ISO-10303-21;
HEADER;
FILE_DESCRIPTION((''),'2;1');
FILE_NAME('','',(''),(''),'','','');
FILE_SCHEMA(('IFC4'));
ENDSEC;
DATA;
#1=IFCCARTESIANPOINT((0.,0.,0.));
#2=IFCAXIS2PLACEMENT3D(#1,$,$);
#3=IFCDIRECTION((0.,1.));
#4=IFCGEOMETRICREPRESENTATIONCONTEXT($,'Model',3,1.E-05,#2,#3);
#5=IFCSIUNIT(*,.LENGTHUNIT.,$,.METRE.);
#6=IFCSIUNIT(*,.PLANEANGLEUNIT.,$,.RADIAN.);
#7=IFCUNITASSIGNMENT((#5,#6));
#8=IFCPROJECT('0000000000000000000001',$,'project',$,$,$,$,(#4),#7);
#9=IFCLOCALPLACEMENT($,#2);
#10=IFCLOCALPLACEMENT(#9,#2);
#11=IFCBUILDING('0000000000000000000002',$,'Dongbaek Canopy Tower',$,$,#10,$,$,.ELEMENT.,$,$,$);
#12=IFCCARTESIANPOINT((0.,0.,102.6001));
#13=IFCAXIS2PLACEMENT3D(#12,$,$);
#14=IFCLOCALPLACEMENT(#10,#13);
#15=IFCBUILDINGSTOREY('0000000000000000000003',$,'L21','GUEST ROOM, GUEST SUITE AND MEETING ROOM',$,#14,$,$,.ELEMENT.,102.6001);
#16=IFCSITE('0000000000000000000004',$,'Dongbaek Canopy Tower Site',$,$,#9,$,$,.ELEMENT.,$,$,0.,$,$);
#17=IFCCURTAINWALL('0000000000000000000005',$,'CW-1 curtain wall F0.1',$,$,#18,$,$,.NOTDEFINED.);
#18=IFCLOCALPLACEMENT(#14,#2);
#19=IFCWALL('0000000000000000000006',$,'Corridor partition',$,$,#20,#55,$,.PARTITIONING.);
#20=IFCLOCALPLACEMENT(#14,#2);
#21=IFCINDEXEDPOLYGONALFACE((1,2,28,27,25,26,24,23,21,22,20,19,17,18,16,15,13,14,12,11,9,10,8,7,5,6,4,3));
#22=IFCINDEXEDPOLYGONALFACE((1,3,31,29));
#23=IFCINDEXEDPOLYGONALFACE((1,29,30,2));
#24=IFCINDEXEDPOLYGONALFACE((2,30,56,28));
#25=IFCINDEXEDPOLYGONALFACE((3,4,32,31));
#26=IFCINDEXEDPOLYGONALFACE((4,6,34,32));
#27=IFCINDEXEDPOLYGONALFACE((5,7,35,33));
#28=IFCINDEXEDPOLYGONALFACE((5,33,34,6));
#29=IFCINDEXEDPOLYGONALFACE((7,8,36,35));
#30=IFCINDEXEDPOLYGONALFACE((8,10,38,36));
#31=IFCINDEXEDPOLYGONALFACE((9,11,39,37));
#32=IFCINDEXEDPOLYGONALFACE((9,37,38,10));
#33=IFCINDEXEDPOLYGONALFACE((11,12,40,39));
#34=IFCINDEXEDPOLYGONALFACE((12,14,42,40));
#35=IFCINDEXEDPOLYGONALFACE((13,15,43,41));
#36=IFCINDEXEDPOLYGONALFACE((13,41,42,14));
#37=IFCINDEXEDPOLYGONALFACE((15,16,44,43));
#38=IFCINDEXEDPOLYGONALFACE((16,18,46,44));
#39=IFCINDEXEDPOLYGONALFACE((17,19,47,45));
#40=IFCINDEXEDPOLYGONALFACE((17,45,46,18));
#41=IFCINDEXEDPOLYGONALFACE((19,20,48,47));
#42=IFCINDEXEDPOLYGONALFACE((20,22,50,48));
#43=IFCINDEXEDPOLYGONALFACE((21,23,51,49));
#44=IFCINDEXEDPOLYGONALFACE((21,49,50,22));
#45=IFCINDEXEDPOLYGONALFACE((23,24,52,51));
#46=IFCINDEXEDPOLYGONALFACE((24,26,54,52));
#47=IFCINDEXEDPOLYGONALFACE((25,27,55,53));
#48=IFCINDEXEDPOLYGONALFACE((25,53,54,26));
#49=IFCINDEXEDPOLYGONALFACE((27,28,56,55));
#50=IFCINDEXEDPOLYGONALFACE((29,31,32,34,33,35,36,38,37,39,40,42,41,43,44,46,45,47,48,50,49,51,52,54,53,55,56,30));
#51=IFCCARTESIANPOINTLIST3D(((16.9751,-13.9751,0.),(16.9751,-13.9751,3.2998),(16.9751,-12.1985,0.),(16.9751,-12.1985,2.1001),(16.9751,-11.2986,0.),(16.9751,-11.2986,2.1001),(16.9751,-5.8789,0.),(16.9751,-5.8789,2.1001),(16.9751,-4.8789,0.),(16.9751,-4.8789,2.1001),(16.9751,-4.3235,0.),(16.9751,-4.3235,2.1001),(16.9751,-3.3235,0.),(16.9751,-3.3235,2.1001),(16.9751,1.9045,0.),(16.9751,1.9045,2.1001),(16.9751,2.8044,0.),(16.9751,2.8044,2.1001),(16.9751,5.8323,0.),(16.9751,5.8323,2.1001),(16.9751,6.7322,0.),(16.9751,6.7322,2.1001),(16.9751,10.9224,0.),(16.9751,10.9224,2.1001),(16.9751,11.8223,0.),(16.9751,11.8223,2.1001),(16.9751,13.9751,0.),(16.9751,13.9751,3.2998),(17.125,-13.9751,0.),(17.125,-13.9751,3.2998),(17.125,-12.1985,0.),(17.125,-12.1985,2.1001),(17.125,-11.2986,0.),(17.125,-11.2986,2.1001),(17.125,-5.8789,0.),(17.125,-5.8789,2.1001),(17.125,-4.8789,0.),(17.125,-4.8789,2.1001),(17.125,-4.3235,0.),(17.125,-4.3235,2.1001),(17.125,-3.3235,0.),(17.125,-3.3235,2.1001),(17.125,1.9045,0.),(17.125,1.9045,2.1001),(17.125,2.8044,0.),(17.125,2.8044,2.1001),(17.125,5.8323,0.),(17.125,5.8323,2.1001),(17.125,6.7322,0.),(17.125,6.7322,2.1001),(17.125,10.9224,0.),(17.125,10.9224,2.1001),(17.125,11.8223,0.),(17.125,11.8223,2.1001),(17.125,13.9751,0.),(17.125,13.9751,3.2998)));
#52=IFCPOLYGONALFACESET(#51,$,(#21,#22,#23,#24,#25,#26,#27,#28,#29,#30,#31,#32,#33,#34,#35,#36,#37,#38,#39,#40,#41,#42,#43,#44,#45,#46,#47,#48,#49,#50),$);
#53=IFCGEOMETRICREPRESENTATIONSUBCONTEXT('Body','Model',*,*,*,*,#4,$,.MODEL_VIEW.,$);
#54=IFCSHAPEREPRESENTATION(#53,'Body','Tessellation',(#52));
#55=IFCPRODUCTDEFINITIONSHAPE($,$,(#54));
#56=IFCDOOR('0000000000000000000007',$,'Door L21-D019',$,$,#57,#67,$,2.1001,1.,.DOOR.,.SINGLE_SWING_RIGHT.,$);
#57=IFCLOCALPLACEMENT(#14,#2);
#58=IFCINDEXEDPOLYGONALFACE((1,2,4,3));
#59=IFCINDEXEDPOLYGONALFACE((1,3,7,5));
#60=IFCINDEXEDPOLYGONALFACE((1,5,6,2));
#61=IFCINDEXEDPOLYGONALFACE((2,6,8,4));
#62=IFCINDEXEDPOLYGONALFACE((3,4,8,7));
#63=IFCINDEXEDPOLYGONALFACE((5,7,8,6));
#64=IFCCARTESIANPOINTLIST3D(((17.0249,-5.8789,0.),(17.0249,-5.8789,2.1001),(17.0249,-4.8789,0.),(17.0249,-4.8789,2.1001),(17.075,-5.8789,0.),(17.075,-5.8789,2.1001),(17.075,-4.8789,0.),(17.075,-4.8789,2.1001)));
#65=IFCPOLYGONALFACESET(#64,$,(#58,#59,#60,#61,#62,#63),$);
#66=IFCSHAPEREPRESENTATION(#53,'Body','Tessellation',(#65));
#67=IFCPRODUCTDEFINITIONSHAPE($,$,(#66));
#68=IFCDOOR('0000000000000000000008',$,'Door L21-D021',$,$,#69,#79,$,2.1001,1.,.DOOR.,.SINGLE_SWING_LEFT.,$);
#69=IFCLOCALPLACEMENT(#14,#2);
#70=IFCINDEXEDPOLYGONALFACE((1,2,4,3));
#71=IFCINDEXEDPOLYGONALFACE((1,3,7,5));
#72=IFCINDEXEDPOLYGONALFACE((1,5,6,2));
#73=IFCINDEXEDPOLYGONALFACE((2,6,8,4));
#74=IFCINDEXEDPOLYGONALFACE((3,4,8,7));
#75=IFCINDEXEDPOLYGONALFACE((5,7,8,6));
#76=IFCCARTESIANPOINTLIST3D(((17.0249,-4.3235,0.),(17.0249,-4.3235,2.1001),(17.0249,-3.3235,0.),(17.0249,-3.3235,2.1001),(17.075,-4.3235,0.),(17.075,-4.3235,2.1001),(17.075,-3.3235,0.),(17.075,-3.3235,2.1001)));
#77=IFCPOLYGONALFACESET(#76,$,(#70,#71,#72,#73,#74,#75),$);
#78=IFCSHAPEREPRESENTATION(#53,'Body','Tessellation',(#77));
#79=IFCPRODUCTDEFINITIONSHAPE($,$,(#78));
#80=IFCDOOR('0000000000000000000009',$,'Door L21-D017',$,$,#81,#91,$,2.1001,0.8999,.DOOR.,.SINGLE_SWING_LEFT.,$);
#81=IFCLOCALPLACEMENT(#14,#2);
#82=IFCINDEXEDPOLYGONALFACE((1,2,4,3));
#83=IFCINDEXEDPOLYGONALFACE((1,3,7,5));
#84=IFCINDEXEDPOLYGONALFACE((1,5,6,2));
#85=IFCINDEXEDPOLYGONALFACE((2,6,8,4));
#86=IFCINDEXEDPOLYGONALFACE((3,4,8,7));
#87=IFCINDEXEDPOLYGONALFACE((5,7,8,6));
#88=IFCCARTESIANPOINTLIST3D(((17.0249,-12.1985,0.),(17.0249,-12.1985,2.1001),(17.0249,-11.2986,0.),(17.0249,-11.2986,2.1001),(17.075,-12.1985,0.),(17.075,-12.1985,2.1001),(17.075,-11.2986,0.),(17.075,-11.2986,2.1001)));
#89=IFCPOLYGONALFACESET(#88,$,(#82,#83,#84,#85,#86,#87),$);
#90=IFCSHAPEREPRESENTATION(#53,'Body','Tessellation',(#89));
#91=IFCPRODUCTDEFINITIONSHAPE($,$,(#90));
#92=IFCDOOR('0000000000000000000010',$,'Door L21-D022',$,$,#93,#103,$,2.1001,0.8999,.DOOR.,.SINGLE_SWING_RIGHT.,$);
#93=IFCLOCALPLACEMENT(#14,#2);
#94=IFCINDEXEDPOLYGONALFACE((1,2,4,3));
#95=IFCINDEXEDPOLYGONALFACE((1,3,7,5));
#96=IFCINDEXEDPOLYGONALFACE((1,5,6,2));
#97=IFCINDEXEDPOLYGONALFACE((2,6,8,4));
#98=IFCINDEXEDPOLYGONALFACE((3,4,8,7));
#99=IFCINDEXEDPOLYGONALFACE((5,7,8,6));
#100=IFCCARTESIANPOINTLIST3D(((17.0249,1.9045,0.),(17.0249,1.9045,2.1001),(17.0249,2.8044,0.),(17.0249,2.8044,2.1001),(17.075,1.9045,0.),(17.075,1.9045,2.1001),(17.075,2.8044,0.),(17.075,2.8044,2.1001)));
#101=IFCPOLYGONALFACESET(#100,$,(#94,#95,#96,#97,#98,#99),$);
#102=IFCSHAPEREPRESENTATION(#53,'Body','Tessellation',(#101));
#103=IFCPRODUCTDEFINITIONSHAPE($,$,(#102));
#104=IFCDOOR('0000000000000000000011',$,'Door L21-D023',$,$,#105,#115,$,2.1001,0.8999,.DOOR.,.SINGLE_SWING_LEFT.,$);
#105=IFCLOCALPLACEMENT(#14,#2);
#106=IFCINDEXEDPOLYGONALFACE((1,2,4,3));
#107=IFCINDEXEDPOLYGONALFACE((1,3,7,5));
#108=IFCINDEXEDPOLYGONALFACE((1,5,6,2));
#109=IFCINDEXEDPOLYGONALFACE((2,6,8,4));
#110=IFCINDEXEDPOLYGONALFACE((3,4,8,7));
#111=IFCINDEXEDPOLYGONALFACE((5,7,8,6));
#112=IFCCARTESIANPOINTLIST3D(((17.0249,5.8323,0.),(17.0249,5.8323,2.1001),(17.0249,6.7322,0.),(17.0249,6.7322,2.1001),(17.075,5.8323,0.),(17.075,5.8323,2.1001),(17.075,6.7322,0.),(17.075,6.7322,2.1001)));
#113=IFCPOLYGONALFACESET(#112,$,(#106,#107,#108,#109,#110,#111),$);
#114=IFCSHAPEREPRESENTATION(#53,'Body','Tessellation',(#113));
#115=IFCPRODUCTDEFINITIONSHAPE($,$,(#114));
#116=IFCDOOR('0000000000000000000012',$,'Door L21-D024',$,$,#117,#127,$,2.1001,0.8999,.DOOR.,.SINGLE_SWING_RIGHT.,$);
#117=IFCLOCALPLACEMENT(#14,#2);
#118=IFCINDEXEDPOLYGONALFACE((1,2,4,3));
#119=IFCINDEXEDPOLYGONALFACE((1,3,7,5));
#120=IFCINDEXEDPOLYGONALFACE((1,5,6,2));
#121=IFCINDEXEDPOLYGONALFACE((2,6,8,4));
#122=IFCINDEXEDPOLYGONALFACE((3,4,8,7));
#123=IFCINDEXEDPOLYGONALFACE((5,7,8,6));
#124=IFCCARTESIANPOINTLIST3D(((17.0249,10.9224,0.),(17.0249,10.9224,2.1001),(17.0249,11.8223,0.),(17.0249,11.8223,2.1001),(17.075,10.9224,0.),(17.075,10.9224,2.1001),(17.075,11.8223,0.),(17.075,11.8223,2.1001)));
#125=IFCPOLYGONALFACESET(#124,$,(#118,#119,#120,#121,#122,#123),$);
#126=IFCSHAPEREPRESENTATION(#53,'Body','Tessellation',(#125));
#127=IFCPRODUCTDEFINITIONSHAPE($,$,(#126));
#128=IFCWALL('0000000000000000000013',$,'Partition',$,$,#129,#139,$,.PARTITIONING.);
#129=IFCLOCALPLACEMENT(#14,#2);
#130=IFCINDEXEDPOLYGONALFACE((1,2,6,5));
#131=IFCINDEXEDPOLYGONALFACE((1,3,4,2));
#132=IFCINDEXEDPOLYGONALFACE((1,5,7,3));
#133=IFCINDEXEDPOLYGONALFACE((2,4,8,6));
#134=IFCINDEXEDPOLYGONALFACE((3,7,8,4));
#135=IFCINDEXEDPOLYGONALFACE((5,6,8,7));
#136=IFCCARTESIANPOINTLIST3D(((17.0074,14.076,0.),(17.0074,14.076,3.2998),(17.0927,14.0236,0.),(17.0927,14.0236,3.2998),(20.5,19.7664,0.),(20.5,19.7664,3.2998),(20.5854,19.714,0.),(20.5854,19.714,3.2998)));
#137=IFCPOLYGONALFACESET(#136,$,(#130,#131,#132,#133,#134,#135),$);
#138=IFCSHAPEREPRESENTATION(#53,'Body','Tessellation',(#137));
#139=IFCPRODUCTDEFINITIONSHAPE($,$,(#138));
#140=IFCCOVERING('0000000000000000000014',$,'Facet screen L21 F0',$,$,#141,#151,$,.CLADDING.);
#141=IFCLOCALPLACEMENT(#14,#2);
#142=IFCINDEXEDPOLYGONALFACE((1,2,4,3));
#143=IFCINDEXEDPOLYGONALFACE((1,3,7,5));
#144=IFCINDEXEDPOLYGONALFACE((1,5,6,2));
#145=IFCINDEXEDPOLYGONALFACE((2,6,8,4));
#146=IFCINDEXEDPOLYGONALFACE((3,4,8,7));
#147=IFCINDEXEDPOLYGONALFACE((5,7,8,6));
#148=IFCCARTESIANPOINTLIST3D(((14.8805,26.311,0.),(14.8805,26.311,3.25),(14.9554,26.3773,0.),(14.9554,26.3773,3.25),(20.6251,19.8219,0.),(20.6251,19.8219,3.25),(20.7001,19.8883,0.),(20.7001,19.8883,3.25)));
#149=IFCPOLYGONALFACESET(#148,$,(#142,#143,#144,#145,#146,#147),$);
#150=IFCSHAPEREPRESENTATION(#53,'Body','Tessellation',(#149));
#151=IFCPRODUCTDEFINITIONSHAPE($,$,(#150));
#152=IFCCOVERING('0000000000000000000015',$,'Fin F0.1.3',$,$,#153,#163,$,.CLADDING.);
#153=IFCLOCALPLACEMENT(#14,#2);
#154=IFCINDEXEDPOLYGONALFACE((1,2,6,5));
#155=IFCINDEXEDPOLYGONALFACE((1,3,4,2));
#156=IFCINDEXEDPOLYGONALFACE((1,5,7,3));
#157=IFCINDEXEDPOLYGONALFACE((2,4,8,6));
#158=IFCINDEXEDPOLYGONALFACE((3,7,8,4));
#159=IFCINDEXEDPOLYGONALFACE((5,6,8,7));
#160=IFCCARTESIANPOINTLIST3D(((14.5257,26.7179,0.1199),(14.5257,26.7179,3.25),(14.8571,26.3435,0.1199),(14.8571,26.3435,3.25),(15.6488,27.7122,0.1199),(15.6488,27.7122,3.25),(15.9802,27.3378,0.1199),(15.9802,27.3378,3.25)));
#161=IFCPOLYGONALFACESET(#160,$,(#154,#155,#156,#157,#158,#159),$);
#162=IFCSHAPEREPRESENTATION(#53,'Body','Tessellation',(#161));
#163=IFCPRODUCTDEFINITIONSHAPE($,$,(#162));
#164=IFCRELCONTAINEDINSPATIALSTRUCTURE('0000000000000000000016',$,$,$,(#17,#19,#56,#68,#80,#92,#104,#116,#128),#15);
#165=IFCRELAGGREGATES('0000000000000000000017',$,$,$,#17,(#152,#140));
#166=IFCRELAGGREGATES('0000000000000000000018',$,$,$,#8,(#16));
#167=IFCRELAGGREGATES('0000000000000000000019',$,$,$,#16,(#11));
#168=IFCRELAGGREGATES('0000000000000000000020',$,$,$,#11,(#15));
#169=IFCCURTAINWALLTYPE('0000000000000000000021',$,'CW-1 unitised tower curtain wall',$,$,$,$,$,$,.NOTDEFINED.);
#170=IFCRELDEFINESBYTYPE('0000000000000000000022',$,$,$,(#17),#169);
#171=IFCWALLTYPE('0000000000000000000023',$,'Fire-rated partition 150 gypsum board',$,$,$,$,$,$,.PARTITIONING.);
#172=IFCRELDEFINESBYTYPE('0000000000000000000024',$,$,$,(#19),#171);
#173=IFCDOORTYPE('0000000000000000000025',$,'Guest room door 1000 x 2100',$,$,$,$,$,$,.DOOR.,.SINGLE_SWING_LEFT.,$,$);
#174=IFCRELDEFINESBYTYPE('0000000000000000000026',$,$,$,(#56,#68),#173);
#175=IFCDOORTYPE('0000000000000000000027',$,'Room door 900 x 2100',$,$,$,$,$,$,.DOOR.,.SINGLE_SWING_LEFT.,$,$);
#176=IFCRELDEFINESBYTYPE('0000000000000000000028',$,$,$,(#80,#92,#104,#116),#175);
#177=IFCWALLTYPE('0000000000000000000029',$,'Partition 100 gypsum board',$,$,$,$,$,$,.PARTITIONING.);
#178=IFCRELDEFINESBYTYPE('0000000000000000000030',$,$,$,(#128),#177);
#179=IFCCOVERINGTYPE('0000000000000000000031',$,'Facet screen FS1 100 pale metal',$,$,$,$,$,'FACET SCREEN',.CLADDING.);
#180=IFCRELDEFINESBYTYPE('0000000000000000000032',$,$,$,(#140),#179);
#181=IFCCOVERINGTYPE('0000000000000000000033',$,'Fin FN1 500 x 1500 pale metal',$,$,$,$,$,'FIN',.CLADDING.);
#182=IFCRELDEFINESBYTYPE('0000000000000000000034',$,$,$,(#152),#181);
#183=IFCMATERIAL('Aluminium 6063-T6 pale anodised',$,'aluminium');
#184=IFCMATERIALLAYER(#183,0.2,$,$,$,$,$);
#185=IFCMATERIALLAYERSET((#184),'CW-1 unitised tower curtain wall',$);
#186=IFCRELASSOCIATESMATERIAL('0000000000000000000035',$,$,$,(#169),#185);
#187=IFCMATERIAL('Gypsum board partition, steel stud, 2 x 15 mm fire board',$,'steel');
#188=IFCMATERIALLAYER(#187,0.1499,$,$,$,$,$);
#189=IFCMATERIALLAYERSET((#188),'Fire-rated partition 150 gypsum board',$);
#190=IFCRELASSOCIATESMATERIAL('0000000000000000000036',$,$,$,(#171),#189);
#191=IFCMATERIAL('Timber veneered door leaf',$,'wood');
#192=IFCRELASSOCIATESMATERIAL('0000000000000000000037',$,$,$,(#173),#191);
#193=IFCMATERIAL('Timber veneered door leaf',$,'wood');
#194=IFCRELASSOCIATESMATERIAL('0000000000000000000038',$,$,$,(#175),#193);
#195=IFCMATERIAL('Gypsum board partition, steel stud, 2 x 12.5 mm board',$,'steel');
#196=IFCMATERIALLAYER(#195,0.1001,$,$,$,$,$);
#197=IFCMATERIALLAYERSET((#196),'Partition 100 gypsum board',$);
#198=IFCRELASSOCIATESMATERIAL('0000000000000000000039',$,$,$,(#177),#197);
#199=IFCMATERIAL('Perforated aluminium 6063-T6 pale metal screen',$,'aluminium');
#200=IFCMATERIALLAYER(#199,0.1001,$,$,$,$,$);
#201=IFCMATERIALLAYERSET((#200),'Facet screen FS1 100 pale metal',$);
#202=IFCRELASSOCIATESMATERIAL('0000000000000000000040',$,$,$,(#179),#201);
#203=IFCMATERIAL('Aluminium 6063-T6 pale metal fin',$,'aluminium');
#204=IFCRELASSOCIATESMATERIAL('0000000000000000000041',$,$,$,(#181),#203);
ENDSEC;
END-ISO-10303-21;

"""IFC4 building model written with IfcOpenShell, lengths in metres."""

from ifc_helpers import new_model, si_unit, direction, frame, frame_2d, origin, origin_2d, place, context, subcontext, project, spatial, rectangle, extrude, material, layer, layer_set, material_profile, profile_set, type_object, element, fill, aggregate, save


model = new_model("IFC4")

# Units and contexts
model_context = context("Model", 3, precision=1e-05, world=origin(), true_north=direction((0.0, 1.0)))
body_context = subcontext(model_context, "Body", "Model", "MODEL_VIEW")
ifc_project = project(units=[si_unit("LENGTHUNIT", "METRE"), si_unit("PLANEANGLEUNIT", "RADIAN")], contexts=[model_context])

# Site, building, storey
site_placement = place(None, origin())
site = spatial("IfcSite", under=ifc_project, at=site_placement, Name="Dongbaek Canopy Tower Site", CompositionType="ELEMENT", RefElevation=0.0)
building_placement = place(site_placement, origin())
building = spatial("IfcBuilding", under=site, at=building_placement, Name="Dongbaek Canopy Tower", CompositionType="ELEMENT")
storey_placement = place(building_placement, frame((0.0, 0.0, 102.6001)))
storey = spatial("IfcBuildingStorey", under=building, at=storey_placement, Name="L21", Description="GUEST ROOM, GUEST SUITE AND MEETING ROOM", CompositionType="ELEMENT", Elevation=102.6001)

# Curtain wall
ifc_material_1 = material(Name="Aluminium 6063-T6 pale anodised", Category="aluminium")
ifc_layer_1 = layer(ifc_material_1, 0.2)
ifc_layer_set_1 = layer_set([ifc_layer_1], Name="CW-1 unitised tower curtain wall")
curtain_wall_type = type_object("IfcCurtainWallType", Name="CW-1 unitised tower curtain wall", PredefinedType="NOTDEFINED", material=ifc_layer_set_1)
curtain_wall_1_placement = place(storey_placement, origin())
curtain_wall_1 = element("IfcCurtainWall", 1, at=curtain_wall_1_placement, inside=storey, type_object=curtain_wall_type, Name="CW-1 curtain wall F0.1", PredefinedType="NOTDEFINED")

# Wall, openings, doors
ifc_material_2 = material(Name="Gypsum board partition, steel stud, 2 x 15 mm fire board", Category="steel")
ifc_layer_2 = layer(ifc_material_2, 0.1499)
ifc_layer_set_2 = layer_set([ifc_layer_2], Name="Fire-rated partition 150 gypsum board")
wall_type_1 = type_object("IfcWallType", Name="Fire-rated partition 150 gypsum board", PredefinedType="PARTITIONING", material=ifc_layer_set_2)
wall_1_placement = place(storey_placement, frame((17.05, 13.9751, 0.0), z_axis=(0.0, 0.0, 1.0), x_axis=(0.0, -1.0, 0.0)))
wall_1 = element("IfcWall", 2, at=wall_1_placement, inside=storey, type_object=wall_type_1, Name="Corridor partition", PredefinedType="PARTITIONING", context=body_context, shape_type="SweptSolid", body=[
    extrude(rectangle(XDim=27.9502, YDim=0.1499, at=frame_2d((13.9751, 0.0))), origin(), (0.0, 0.0, 1.0), 3.2998),
])
opening_1_placement = place(wall_1_placement, frame((25.2737, 0.0, 0.0)))
opening_1 = element("IfcOpeningElement", 3, at=opening_1_placement, cuts=wall_1, PredefinedType="OPENING", context=body_context, shape_type="SweptSolid", body=[
    extrude(rectangle(XDim=0.8999, YDim=2.1001, at=frame_2d((0.45, 1.05))), frame((0.0, 0.085, 0.0), z_axis=(0.0, -1.0, 0.0), x_axis=(1.0, 0.0, 0.0)), (0.0, 0.0, 1.0), 0.1699),
])
opening_2_placement = place(wall_1_placement, frame((18.854, 0.0, 0.0)))
opening_2 = element("IfcOpeningElement", 4, at=opening_2_placement, cuts=wall_1, PredefinedType="OPENING", context=body_context, shape_type="SweptSolid", body=[
    extrude(rectangle(XDim=1.0, YDim=2.1001, at=frame_2d((0.5, 1.05))), frame((0.0, 0.085, 0.0), z_axis=(0.0, -1.0, 0.0), x_axis=(1.0, 0.0, 0.0)), (0.0, 0.0, 1.0), 0.1699),
])
opening_3_placement = place(wall_1_placement, frame((17.2986, 0.0, 0.0)))
opening_3 = element("IfcOpeningElement", 5, at=opening_3_placement, cuts=wall_1, PredefinedType="OPENING", context=body_context, shape_type="SweptSolid", body=[
    extrude(rectangle(XDim=1.0, YDim=2.1001, at=frame_2d((0.5, 1.05))), frame((0.0, 0.085, 0.0), z_axis=(0.0, -1.0, 0.0), x_axis=(1.0, 0.0, 0.0)), (0.0, 0.0, 1.0), 0.1699),
])
opening_4_placement = place(wall_1_placement, frame((11.1707, 0.0, 0.0)))
opening_4 = element("IfcOpeningElement", 6, at=opening_4_placement, cuts=wall_1, PredefinedType="OPENING", context=body_context, shape_type="SweptSolid", body=[
    extrude(rectangle(XDim=0.8999, YDim=2.1001, at=frame_2d((0.45, 1.05))), frame((0.0, 0.085, 0.0), z_axis=(0.0, -1.0, 0.0), x_axis=(1.0, 0.0, 0.0)), (0.0, 0.0, 1.0), 0.1699),
])
opening_5_placement = place(wall_1_placement, frame((7.2429, 0.0, 0.0)))
opening_5 = element("IfcOpeningElement", 7, at=opening_5_placement, cuts=wall_1, PredefinedType="OPENING", context=body_context, shape_type="SweptSolid", body=[
    extrude(rectangle(XDim=0.8999, YDim=2.1001, at=frame_2d((0.45, 1.05))), frame((0.0, 0.085, 0.0), z_axis=(0.0, -1.0, 0.0), x_axis=(1.0, 0.0, 0.0)), (0.0, 0.0, 1.0), 0.1699),
])
opening_6_placement = place(wall_1_placement, frame((2.1528, 0.0, 0.0)))
opening_6 = element("IfcOpeningElement", 8, at=opening_6_placement, cuts=wall_1, PredefinedType="OPENING", context=body_context, shape_type="SweptSolid", body=[
    extrude(rectangle(XDim=0.8999, YDim=2.1001, at=frame_2d((0.45, 1.05))), frame((0.0, 0.085, 0.0), z_axis=(0.0, -1.0, 0.0), x_axis=(1.0, 0.0, 0.0)), (0.0, 0.0, 1.0), 0.1699),
])
ifc_material_3 = material(Name="Timber veneered door leaf", Category="wood")
door_type_1 = type_object("IfcDoorType", Name="Guest room door 1000 x 2100", OperationType="SINGLE_SWING_LEFT", PredefinedType="DOOR", material=ifc_material_3)
door_1_placement = place(opening_2_placement, origin())
door_1 = element("IfcDoor", 9, at=door_1_placement, inside=storey, type_object=door_type_1, Name="Door L21-D019", OperationType="SINGLE_SWING_RIGHT", OverallHeight=2.1001, OverallWidth=1.0, PredefinedType="DOOR", context=body_context, shape_type="SweptSolid", body=[
    extrude(rectangle(XDim=1.0, YDim=2.1001, at=frame_2d((0.5, 1.05))), frame((0.0, 0.0249, 0.0), z_axis=(0.0, -1.0, 0.0), x_axis=(1.0, 0.0, 0.0)), (0.0, 0.0, 1.0), 0.05),
])
fill(opening_2, door_1)
door_2_placement = place(opening_3_placement, origin())
door_2 = element("IfcDoor", 10, at=door_2_placement, inside=storey, type_object=door_type_1, Name="Door L21-D021", OperationType="SINGLE_SWING_LEFT", OverallHeight=2.1001, OverallWidth=1.0, PredefinedType="DOOR", context=body_context, shape_type="SweptSolid", body=[
    extrude(rectangle(XDim=1.0, YDim=2.1001, at=frame_2d((0.5, 1.05))), frame((0.0, 0.0249, 0.0), z_axis=(0.0, -1.0, 0.0), x_axis=(1.0, 0.0, 0.0)), (0.0, 0.0, 1.0), 0.05),
])
fill(opening_3, door_2)
ifc_material_4 = material(Name="Timber veneered door leaf", Category="wood")
door_type_2 = type_object("IfcDoorType", Name="Room door 900 x 2100", OperationType="SINGLE_SWING_LEFT", PredefinedType="DOOR", material=ifc_material_4)
door_3_placement = place(opening_1_placement, origin())
door_3 = element("IfcDoor", 11, at=door_3_placement, inside=storey, type_object=door_type_2, Name="Door L21-D017", OperationType="SINGLE_SWING_LEFT", OverallHeight=2.1001, OverallWidth=0.8999, PredefinedType="DOOR", context=body_context, shape_type="SweptSolid", body=[
    extrude(rectangle(XDim=0.8999, YDim=2.1001, at=frame_2d((0.45, 1.05))), frame((0.0, 0.0249, 0.0), z_axis=(0.0, -1.0, 0.0), x_axis=(1.0, 0.0, 0.0)), (0.0, 0.0, 1.0), 0.05),
])
fill(opening_1, door_3)
door_4_placement = place(opening_4_placement, origin())
door_4 = element("IfcDoor", 12, at=door_4_placement, inside=storey, type_object=door_type_2, Name="Door L21-D022", OperationType="SINGLE_SWING_RIGHT", OverallHeight=2.1001, OverallWidth=0.8999, PredefinedType="DOOR", context=body_context, shape_type="SweptSolid", body=[
    extrude(rectangle(XDim=0.8999, YDim=2.1001, at=frame_2d((0.45, 1.05))), frame((0.0, 0.0249, 0.0), z_axis=(0.0, -1.0, 0.0), x_axis=(1.0, 0.0, 0.0)), (0.0, 0.0, 1.0), 0.05),
])
fill(opening_4, door_4)
door_5_placement = place(opening_5_placement, origin())
door_5 = element("IfcDoor", 13, at=door_5_placement, inside=storey, type_object=door_type_2, Name="Door L21-D023", OperationType="SINGLE_SWING_LEFT", OverallHeight=2.1001, OverallWidth=0.8999, PredefinedType="DOOR", context=body_context, shape_type="SweptSolid", body=[
    extrude(rectangle(XDim=0.8999, YDim=2.1001, at=frame_2d((0.45, 1.05))), frame((0.0, 0.0249, 0.0), z_axis=(0.0, -1.0, 0.0), x_axis=(1.0, 0.0, 0.0)), (0.0, 0.0, 1.0), 0.05),
])
fill(opening_5, door_5)
door_6_placement = place(opening_6_placement, origin())
door_6 = element("IfcDoor", 14, at=door_6_placement, inside=storey, type_object=door_type_2, Name="Door L21-D024", OperationType="SINGLE_SWING_RIGHT", OverallHeight=2.1001, OverallWidth=0.8999, PredefinedType="DOOR", context=body_context, shape_type="SweptSolid", body=[
    extrude(rectangle(XDim=0.8999, YDim=2.1001, at=frame_2d((0.45, 1.05))), frame((0.0, 0.0249, 0.0), z_axis=(0.0, -1.0, 0.0), x_axis=(1.0, 0.0, 0.0)), (0.0, 0.0, 1.0), 0.05),
])
fill(opening_6, door_6)

# Wall
ifc_material_5 = material(Name="Gypsum board partition, steel stud, 2 x 12.5 mm board", Category="steel")
ifc_layer_3 = layer(ifc_material_5, 0.1001)
ifc_layer_set_3 = layer_set([ifc_layer_3], Name="Partition 100 gypsum board")
wall_type_2 = type_object("IfcWallType", Name="Partition 100 gypsum board", PredefinedType="PARTITIONING", material=ifc_layer_set_3)
wall_2_placement = place(storey_placement, frame((17.05, 14.0498, 0.0), z_axis=(0.0, 0.0, 1.0), x_axis=(0.523106, 0.852268, 0.0)))
element("IfcWall", 15, at=wall_2_placement, inside=storey, type_object=wall_type_2, Name="Partition", PredefinedType="PARTITIONING", context=body_context, shape_type="SweptSolid", body=[
    extrude(rectangle(XDim=6.6768, YDim=0.1001, at=frame_2d((3.3384, 0.0))), origin(), (0.0, 0.0, 1.0), 3.2998),
])

# Coverings
ifc_material_6 = material(Name="Perforated aluminium 6063-T6 pale metal screen", Category="aluminium")
ifc_layer_4 = layer(ifc_material_6, 0.1001)
ifc_layer_set_4 = layer_set([ifc_layer_4], Name="Facet screen FS1 100 pale metal")
covering_type_1 = type_object("IfcCoveringType", Name="Facet screen FS1 100 pale metal", ElementType="FACET SCREEN", PredefinedType="CLADDING", material=ifc_layer_set_4)
covering_1_placement = place(storey_placement, frame((17.7903, 23.0996, 0.0), z_axis=(0.0, 0.0, 1.0), x_axis=(-0.662854, 0.748749, 0.0)))
covering_1 = element("IfcCovering", 16, at=covering_1_placement, type_object=covering_type_1, Name="Facet screen L21 F0", PredefinedType="CLADDING", context=body_context, shape_type="SweptSolid", body=[
    extrude(rectangle(XDim=8.6665, YDim=0.1001, at=origin_2d()), origin(), (0.0, 0.0, 1.0), 3.25),
])
ifc_material_7 = material(Name="Aluminium 6063-T6 pale metal fin", Category="aluminium")
ifc_material_profile_1 = material_profile(ifc_material_7, rectangle(XDim=1.5, YDim=0.5, at=origin_2d()), Name="Fin FN1 500 x 1500 pale metal")
ifc_profile_set_1 = profile_set([ifc_material_profile_1], Name="Aluminium 6063-T6 pale metal fin")
covering_type_2 = type_object("IfcCoveringType", Name="Fin FN1 500 x 1500 pale metal", ElementType="FIN", PredefinedType="CLADDING", material=ifc_profile_set_1)
covering_2_placement = place(storey_placement, frame((15.2529, 27.0278, 0.1199), z_axis=(0.0, 0.0, 1.0), x_axis=(0.748749, 0.662854, 0.0)))
covering_2 = element("IfcCovering", 17, at=covering_2_placement, type_object=covering_type_2, Name="Fin F0.1.3", PredefinedType="CLADDING", context=body_context, shape_type="SweptSolid", body=[
    extrude(rectangle(XDim=1.5, YDim=0.5, at=origin_2d()), origin(), (0.0, 0.0, 1.0), 3.1301),
])
aggregate(curtain_wall_1, [covering_2, covering_1])

save(model, "model.ifc")
